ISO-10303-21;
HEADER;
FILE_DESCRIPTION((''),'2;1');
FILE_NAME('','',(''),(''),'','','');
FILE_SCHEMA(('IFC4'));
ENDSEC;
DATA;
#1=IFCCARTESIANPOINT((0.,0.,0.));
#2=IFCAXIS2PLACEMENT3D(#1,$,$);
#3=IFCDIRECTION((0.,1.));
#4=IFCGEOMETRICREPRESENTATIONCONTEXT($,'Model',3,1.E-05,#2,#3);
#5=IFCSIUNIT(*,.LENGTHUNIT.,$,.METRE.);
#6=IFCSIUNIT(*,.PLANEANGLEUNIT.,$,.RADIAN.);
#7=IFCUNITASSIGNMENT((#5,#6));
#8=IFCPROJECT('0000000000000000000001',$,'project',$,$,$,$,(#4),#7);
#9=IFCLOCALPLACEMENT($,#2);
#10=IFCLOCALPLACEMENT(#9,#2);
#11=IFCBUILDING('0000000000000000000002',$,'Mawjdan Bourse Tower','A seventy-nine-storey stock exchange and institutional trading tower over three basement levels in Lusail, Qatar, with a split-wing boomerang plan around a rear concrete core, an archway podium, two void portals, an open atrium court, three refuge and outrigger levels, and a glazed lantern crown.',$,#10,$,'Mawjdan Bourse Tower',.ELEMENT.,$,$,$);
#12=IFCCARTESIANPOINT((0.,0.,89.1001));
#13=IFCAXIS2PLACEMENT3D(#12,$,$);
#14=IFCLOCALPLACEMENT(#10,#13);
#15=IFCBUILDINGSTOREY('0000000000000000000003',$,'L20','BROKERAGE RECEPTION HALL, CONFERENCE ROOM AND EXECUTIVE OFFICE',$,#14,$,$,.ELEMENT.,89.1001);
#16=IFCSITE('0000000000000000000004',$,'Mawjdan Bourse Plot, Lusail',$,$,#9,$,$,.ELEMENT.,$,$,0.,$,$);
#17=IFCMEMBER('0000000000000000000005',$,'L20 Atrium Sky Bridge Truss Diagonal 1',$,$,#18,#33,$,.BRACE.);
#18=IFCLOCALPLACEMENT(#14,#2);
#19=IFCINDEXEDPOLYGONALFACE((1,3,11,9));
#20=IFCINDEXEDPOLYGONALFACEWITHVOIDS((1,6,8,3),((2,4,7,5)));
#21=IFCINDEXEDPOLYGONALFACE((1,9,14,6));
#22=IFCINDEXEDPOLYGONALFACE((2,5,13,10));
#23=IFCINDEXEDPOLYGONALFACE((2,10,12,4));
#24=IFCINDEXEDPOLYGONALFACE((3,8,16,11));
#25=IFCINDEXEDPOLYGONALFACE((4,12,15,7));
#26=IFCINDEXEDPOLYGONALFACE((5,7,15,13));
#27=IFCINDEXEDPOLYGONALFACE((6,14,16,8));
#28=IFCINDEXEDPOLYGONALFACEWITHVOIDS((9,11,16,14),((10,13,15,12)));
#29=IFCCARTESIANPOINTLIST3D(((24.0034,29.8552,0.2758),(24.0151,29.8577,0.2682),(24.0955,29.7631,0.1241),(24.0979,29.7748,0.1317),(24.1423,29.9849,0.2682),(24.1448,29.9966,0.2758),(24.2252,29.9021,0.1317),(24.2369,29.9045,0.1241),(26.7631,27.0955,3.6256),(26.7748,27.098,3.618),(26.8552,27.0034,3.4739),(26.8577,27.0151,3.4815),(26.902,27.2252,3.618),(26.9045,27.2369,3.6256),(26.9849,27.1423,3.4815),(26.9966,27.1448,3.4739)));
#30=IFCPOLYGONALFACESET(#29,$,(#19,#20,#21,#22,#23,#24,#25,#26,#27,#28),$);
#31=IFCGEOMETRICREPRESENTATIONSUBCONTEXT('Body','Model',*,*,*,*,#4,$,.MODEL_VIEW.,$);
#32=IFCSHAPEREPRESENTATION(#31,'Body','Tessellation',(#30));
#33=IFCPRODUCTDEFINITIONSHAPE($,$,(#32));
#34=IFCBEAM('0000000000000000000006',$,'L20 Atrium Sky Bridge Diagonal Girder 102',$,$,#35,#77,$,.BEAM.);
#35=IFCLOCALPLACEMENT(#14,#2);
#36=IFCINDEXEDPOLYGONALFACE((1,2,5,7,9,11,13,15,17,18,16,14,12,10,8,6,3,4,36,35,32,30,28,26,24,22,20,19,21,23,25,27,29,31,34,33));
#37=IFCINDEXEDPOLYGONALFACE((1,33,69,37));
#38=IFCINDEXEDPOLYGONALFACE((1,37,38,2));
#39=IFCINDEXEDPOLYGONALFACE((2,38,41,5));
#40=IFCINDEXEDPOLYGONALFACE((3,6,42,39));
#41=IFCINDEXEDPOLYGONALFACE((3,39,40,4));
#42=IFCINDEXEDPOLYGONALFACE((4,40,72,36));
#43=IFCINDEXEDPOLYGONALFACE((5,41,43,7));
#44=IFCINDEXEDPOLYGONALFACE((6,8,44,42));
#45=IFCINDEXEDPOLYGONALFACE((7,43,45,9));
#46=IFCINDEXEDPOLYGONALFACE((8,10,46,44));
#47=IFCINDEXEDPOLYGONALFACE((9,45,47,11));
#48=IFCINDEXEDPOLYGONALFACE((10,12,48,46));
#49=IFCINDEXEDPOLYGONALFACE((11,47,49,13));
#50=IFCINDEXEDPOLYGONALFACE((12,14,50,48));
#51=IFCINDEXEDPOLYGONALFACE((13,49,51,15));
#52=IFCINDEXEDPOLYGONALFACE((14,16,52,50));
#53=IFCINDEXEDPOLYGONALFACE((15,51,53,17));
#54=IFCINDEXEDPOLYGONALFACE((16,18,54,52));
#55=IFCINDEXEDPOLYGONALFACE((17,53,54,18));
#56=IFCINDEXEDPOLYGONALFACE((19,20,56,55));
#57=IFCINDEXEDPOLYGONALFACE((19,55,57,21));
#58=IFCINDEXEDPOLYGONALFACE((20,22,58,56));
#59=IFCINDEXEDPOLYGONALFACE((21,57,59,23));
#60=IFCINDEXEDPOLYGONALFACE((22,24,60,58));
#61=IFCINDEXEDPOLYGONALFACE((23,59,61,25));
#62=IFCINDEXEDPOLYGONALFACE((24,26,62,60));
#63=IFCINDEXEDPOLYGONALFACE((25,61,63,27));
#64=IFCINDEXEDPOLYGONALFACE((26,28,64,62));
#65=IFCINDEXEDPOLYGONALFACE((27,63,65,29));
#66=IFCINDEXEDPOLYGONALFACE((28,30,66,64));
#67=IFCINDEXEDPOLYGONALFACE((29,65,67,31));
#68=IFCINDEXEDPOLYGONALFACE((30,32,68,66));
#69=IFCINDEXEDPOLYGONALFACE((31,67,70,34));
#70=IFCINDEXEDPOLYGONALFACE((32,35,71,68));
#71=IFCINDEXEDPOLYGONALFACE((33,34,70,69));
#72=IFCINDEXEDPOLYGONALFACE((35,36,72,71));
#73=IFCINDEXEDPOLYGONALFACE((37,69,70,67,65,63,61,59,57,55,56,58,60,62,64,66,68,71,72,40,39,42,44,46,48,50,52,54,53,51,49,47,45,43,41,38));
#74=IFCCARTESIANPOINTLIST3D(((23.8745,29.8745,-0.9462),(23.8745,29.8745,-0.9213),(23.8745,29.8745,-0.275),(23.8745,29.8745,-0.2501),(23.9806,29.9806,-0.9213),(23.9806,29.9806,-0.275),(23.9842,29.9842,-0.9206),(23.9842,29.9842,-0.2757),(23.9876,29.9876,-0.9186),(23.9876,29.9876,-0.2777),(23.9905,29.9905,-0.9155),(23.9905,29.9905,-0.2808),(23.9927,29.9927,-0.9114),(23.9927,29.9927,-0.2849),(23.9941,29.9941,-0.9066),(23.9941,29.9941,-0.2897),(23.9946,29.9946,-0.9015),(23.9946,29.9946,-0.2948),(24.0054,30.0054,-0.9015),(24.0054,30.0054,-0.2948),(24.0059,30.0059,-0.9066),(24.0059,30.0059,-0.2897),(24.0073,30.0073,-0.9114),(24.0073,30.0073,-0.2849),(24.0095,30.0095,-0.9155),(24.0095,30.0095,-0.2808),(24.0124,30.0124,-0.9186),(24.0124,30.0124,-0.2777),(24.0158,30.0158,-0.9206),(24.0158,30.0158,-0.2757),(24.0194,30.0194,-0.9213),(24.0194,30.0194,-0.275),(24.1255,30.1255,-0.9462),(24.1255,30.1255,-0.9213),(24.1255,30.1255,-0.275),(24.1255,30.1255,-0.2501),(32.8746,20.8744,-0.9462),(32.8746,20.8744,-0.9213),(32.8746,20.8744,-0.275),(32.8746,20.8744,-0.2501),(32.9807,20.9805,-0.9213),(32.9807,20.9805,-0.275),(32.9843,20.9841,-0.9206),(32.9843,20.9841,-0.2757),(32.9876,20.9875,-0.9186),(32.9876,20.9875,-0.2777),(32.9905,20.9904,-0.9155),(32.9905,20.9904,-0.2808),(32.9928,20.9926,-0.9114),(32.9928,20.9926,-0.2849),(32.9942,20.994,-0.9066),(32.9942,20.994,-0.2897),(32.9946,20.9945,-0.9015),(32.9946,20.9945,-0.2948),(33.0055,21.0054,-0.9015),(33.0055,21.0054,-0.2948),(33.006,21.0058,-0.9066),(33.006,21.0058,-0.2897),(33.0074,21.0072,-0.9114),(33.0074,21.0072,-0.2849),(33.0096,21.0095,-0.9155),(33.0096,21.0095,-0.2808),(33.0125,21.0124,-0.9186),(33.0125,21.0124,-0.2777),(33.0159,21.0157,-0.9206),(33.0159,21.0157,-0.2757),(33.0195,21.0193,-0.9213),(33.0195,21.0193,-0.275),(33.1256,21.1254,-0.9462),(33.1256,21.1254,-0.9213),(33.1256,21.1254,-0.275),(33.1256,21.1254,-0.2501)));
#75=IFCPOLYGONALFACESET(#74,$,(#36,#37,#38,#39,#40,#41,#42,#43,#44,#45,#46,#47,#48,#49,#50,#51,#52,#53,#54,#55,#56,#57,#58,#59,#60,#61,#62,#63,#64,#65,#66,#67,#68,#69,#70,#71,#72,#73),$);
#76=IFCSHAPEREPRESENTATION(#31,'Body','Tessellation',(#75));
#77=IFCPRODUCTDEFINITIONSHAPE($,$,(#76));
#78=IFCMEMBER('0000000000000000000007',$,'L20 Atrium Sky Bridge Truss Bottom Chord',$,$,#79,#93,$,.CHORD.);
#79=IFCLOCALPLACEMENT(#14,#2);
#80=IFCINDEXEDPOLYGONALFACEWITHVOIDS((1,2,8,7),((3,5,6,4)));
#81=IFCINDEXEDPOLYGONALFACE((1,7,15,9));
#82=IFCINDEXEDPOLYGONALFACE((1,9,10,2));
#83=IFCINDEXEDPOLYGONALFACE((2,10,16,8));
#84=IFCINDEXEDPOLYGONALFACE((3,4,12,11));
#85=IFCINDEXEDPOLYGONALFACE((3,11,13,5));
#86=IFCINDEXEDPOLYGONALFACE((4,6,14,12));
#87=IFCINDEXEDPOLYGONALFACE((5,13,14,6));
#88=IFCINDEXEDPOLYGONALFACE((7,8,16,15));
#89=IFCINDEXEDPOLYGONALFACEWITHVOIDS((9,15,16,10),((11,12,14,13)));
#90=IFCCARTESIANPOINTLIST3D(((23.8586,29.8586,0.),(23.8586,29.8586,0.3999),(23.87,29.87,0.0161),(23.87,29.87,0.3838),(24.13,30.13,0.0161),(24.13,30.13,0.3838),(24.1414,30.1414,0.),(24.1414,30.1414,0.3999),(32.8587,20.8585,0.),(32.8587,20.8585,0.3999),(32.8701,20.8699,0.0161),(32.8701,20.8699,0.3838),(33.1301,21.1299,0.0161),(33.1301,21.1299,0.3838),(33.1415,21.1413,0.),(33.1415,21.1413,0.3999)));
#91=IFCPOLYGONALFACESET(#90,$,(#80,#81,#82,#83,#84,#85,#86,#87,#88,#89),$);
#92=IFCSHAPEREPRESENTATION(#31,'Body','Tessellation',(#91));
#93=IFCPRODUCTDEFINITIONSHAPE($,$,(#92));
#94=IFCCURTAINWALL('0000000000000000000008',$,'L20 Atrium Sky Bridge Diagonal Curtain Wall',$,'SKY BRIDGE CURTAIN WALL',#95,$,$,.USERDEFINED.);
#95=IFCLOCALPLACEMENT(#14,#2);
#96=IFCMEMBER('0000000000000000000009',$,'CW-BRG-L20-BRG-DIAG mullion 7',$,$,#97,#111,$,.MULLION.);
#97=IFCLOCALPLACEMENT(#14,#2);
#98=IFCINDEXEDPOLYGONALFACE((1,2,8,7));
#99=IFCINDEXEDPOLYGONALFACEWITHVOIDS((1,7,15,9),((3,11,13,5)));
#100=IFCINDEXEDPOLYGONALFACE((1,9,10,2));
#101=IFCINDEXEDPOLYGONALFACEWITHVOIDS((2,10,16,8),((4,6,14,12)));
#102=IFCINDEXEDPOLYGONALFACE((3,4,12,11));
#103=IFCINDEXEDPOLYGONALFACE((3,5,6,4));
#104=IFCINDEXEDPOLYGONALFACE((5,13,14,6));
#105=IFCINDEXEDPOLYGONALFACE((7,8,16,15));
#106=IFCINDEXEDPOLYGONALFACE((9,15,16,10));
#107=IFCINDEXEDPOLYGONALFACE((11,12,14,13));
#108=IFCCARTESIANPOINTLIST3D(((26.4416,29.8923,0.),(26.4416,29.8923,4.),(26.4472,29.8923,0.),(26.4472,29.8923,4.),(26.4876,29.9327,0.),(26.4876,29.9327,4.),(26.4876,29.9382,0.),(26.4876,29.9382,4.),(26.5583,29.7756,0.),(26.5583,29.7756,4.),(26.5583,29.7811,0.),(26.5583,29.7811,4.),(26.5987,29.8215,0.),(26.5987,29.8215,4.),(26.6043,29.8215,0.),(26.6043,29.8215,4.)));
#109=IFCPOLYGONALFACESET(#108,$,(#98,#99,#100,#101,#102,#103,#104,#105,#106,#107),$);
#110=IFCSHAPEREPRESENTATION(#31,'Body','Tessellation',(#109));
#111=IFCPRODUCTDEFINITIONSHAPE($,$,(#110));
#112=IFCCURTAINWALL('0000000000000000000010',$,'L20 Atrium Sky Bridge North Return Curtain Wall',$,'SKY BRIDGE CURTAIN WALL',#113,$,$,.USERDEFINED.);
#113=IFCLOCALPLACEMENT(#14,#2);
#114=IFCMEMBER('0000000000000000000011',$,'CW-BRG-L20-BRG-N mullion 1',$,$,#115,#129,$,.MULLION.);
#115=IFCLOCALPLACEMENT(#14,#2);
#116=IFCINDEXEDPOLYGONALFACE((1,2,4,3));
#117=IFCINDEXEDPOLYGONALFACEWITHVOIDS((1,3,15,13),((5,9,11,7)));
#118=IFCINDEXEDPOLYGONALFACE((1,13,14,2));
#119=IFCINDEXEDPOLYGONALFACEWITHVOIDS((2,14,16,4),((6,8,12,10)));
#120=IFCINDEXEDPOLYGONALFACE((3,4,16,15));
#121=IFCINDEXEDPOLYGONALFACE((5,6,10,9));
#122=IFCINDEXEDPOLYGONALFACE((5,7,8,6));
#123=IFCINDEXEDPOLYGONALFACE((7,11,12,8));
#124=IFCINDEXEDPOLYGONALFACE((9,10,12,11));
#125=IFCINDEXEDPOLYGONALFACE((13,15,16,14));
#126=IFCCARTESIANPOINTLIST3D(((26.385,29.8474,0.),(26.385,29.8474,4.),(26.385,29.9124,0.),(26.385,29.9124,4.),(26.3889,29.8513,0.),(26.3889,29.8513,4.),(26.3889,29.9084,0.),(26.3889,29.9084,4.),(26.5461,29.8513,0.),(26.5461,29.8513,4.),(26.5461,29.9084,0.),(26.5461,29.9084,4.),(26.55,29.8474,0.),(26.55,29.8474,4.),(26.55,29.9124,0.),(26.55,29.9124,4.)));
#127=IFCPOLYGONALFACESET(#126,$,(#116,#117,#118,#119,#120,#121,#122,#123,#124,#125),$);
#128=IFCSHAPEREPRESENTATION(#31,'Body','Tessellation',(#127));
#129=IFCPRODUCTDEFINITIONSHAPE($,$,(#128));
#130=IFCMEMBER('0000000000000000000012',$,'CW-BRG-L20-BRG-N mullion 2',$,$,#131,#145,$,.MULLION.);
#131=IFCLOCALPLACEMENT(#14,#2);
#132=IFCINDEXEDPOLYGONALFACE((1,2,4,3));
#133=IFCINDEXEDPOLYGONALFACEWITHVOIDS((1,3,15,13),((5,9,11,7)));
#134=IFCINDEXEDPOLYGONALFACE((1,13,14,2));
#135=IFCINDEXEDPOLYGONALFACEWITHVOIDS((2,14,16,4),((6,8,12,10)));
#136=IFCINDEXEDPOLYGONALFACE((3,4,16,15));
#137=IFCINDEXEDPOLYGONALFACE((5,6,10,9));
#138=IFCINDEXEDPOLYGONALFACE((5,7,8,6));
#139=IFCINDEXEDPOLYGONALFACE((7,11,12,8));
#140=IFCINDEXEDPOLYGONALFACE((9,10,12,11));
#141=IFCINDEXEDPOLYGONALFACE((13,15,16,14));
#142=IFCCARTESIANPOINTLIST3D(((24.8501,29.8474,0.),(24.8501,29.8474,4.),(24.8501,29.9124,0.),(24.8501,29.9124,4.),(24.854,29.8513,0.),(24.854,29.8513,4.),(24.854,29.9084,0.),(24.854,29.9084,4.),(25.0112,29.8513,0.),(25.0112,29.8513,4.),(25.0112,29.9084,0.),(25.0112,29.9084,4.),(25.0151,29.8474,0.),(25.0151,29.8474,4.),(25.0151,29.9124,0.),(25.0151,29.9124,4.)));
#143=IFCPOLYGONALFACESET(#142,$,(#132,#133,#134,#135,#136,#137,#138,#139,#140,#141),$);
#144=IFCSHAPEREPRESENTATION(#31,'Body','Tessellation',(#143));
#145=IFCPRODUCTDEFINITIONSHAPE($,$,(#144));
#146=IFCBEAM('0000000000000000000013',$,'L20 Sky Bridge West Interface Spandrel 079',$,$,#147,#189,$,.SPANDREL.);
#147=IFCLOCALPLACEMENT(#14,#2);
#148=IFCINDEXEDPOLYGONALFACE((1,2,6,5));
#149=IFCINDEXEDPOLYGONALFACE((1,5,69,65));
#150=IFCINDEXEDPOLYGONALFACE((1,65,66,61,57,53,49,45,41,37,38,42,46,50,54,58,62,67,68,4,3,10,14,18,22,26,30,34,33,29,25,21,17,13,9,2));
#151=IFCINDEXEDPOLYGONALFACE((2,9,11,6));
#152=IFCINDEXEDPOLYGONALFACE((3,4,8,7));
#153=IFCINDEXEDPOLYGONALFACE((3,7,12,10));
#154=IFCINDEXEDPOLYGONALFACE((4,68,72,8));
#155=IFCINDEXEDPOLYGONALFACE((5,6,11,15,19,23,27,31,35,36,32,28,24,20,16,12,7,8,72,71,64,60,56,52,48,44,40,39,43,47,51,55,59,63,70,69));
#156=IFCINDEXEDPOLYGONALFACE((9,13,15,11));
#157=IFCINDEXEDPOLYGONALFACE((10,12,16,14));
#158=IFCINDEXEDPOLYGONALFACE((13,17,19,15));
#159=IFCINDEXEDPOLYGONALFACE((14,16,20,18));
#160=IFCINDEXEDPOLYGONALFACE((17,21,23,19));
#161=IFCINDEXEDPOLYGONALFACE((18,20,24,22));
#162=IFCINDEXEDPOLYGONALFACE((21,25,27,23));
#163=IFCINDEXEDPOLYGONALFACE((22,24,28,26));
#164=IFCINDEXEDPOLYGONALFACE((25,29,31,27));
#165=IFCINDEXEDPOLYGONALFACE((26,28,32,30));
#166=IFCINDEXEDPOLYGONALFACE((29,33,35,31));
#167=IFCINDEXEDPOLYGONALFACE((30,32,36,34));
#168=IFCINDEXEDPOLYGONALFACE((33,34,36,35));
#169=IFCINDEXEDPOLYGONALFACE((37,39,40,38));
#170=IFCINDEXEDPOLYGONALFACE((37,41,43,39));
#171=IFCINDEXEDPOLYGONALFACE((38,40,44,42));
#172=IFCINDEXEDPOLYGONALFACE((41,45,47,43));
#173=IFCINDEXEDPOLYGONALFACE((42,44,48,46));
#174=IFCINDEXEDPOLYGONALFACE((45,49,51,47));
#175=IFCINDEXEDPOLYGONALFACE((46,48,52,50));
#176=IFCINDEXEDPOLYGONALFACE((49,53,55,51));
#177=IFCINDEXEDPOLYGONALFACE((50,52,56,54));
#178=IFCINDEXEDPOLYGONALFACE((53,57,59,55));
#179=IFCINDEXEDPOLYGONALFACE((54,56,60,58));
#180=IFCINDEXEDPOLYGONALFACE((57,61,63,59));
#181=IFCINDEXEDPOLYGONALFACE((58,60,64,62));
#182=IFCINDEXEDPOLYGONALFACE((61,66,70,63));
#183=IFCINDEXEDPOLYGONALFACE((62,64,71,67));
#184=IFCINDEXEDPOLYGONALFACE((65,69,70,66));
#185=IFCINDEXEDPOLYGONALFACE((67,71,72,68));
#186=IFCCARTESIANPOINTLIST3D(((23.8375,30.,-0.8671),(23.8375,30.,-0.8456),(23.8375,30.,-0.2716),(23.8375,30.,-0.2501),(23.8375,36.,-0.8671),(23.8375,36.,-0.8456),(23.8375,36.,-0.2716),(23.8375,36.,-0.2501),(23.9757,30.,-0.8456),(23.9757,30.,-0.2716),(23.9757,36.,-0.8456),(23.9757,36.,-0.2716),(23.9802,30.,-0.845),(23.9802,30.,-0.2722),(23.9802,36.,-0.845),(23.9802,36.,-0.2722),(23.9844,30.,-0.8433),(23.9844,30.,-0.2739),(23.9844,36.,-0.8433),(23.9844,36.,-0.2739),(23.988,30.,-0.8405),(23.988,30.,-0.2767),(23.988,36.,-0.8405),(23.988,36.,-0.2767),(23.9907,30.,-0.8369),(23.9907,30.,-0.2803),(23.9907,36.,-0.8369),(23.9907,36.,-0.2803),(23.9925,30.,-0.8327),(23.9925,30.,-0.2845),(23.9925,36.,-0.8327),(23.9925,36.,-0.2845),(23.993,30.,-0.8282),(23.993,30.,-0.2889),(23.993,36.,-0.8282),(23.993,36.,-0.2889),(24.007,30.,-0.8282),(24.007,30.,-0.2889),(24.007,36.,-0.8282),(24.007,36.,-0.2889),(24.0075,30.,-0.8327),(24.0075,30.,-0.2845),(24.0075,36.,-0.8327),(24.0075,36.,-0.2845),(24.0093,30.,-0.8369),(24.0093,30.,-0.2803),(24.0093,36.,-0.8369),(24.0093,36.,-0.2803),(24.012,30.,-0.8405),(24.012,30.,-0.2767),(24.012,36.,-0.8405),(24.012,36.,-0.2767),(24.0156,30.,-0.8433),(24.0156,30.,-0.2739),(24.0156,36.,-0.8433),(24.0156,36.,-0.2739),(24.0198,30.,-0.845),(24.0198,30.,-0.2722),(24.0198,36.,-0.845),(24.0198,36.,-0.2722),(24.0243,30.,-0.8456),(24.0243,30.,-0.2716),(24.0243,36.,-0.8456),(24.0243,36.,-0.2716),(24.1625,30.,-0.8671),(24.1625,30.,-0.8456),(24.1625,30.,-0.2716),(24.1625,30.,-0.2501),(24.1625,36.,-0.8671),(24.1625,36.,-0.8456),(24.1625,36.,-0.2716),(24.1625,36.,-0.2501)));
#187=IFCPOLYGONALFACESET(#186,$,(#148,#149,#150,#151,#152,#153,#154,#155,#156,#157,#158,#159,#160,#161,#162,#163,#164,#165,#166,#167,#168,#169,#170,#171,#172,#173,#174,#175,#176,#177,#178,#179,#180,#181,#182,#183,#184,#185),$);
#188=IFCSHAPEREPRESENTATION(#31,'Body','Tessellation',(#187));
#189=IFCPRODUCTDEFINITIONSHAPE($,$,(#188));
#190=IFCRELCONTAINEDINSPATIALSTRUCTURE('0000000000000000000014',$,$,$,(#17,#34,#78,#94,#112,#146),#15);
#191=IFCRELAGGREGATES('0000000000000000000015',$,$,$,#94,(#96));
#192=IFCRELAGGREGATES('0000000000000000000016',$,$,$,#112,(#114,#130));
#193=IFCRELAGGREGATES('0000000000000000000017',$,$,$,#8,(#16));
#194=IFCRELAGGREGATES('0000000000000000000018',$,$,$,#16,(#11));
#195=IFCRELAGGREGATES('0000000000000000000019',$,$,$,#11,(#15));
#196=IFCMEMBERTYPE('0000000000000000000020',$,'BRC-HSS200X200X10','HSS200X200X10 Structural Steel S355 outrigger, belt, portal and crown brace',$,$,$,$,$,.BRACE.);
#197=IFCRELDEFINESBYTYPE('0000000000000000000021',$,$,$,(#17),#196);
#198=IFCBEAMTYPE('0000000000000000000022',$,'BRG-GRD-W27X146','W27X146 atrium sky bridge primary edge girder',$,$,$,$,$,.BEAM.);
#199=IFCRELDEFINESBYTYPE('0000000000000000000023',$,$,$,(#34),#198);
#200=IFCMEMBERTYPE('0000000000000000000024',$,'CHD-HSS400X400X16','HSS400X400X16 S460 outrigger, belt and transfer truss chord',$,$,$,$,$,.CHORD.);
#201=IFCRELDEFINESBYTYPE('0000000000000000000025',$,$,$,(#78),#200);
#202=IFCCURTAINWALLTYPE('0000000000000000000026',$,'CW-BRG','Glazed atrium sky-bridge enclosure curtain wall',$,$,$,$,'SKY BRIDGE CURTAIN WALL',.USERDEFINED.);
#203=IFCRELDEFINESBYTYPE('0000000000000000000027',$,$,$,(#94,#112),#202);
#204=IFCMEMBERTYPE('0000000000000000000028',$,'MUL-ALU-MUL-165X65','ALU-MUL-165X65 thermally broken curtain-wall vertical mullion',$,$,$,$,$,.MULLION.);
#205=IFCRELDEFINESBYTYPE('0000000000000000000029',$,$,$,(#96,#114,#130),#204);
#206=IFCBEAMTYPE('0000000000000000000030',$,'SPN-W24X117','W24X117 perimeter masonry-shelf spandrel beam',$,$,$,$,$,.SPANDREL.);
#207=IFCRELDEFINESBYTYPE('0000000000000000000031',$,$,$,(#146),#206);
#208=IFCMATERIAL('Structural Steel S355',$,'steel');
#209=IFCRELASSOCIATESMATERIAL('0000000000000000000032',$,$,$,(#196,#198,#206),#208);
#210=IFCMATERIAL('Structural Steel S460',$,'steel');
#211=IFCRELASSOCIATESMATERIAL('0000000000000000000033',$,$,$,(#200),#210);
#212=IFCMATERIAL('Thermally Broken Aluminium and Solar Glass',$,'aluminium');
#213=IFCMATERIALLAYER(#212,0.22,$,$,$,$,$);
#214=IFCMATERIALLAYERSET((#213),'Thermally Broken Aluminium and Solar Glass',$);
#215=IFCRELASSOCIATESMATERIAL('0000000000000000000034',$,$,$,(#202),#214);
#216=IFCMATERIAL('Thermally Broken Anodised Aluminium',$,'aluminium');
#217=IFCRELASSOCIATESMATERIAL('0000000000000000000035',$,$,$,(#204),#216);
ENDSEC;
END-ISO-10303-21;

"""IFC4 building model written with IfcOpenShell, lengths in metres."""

from ifc_helpers import new_model, si_unit, direction, frame, origin, origin_2d, place, context, subcontext, project, spatial, hollow_rectangle, i_section, extrude, material, layer, layer_set, material_profile, profile_set, type_object, element, aggregate, save


model = new_model("IFC4")

# Units and contexts
model_context = context("Model", 3, precision=1e-05, world=origin(), true_north=direction((0.0, 1.0)))
body_context = subcontext(model_context, "Body", "Model", "MODEL_VIEW")
ifc_project = project(units=[si_unit("LENGTHUNIT", "METRE"), si_unit("PLANEANGLEUNIT", "RADIAN")], contexts=[model_context])

# Site, building, storey
site_placement = place(None, origin())
site = spatial("IfcSite", under=ifc_project, at=site_placement, Name="Mawjdan Bourse Plot, Lusail", CompositionType="ELEMENT", RefElevation=0.0)
building_placement = place(site_placement, origin())
building = spatial("IfcBuilding", under=site, at=building_placement, Name="Mawjdan Bourse Tower", Description="A seventy-nine-storey stock exchange and institutional trading tower over three basement levels in Lusail, Qatar, with a split-wing boomerang plan around a rear concrete core, an archway podium, two void portals, an open atrium court, three refuge and outrigger levels, and a glazed lantern crown.", LongName="Mawjdan Bourse Tower", CompositionType="ELEMENT")
storey_placement = place(building_placement, frame((0.0, 0.0, 89.1001)))
storey = spatial("IfcBuildingStorey", under=building, at=storey_placement, Name="L20", Description="BROKERAGE RECEPTION HALL, CONFERENCE ROOM AND EXECUTIVE OFFICE", CompositionType="ELEMENT", Elevation=89.1001)

# Member
ifc_material_1 = material(Name="Structural Steel S355", Category="steel")
ifc_material_profile_1 = material_profile(ifc_material_1, hollow_rectangle(XDim=0.2, YDim=0.2, WallThickness=0.01, at=origin_2d()), Name="HSS200X200X10")
ifc_profile_set_1 = profile_set([ifc_material_profile_1], Name="Structural Steel S355")
member_type_1 = type_object("IfcMemberType", Name="BRC-HSS200X200X10", Description="HSS200X200X10 Structural Steel S355 outrigger, belt, portal and crown brace", PredefinedType="BRACE", material=ifc_profile_set_1)
member_1_placement = place(storey_placement, frame((24.1201, 29.8799, 0.2), z_axis=(0.536569, -0.536569, 0.651297), x_axis=(0.707107, 0.707107, 0.0)))
element("IfcMember", 1, at=member_1_placement, inside=storey, type_object=member_type_1, Name="L20 Atrium Sky Bridge Truss Diagonal 1", PredefinedType="BRACE", context=body_context, shape_type="SweptSolid", body=[
    extrude(hollow_rectangle(XDim=0.2, YDim=0.2, WallThickness=0.01, at=origin_2d()), origin(), (0.0, 0.0, 1.0), 5.1433),
])

# Beam
ifc_material_profile_2 = material_profile(ifc_material_1, i_section(OverallWidth=0.355, OverallDepth=0.696, WebThickness=0.0154, FlangeThickness=0.0249, FilletRadius=0.0198, at=origin_2d()), Name="W27X146")
ifc_profile_set_2 = profile_set([ifc_material_profile_2], Name="Structural Steel S355")
beam_type_1 = type_object("IfcBeamType", Name="BRG-GRD-W27X146", Description="W27X146 atrium sky bridge primary edge girder", PredefinedType="BEAM", material=ifc_profile_set_2)
beam_1_placement = place(storey_placement, frame((24.0, 30.0, -0.5981), z_axis=(0.707107, -0.707107, 0.0), x_axis=(0.707107, 0.707107, 0.0)))
element("IfcBeam", 2, at=beam_1_placement, inside=storey, type_object=beam_type_1, Name="L20 Atrium Sky Bridge Diagonal Girder 102", PredefinedType="BEAM", context=body_context, shape_type="SweptSolid", body=[
    extrude(i_section(OverallWidth=0.355, OverallDepth=0.696, WebThickness=0.0154, FlangeThickness=0.0249, FilletRadius=0.0198, at=origin_2d()), origin(), (0.0, 0.0, 1.0), 12.728),
])

# Member
ifc_material_2 = material(Name="Structural Steel S460", Category="steel")
ifc_material_profile_3 = material_profile(ifc_material_2, hollow_rectangle(XDim=0.3999, YDim=0.3999, WallThickness=0.0161, at=origin_2d()), Name="HSS400X400X16")
ifc_profile_set_3 = profile_set([ifc_material_profile_3], Name="Structural Steel S460")
member_type_2 = type_object("IfcMemberType", Name="CHD-HSS400X400X16", Description="HSS400X400X16 S460 outrigger, belt and transfer truss chord", PredefinedType="CHORD", material=ifc_profile_set_3)
member_2_placement = place(storey_placement, frame((24.0, 30.0, 0.2), z_axis=(0.707107, -0.707107, 0.0), x_axis=(0.707107, 0.707107, 0.0)))
element("IfcMember", 3, at=member_2_placement, inside=storey, type_object=member_type_2, Name="L20 Atrium Sky Bridge Truss Bottom Chord", PredefinedType="CHORD", context=body_context, shape_type="SweptSolid", body=[
    extrude(hollow_rectangle(XDim=0.3999, YDim=0.3999, WallThickness=0.0161, at=origin_2d()), origin(), (0.0, 0.0, 1.0), 12.728),
])

# Curtain wall, member
ifc_material_3 = material(Name="Thermally Broken Aluminium and Solar Glass", Category="aluminium")
ifc_layer_1 = layer(ifc_material_3, 0.22)
ifc_layer_set_1 = layer_set([ifc_layer_1], Name="Thermally Broken Aluminium and Solar Glass")
curtain_wall_type = type_object("IfcCurtainWallType", Name="CW-BRG", Description="Glazed atrium sky-bridge enclosure curtain wall", ElementType="SKY BRIDGE CURTAIN WALL", PredefinedType="USERDEFINED", material=ifc_layer_set_1)
curtain_wall_1_placement = place(storey_placement, origin())
curtain_wall_1 = element("IfcCurtainWall", 4, at=curtain_wall_1_placement, inside=storey, type_object=curtain_wall_type, Name="L20 Atrium Sky Bridge Diagonal Curtain Wall", ObjectType="SKY BRIDGE CURTAIN WALL", PredefinedType="USERDEFINED")
ifc_material_4 = material(Name="Thermally Broken Anodised Aluminium", Category="aluminium")
ifc_material_profile_4 = material_profile(ifc_material_4, hollow_rectangle(XDim=0.0649, YDim=0.165, WallThickness=0.0039, at=origin_2d()), Name="ALU-MUL-165X65")
ifc_profile_set_4 = profile_set([ifc_material_profile_4], Name="Thermally Broken Anodised Aluminium")
member_type_3 = type_object("IfcMemberType", Name="MUL-ALU-MUL-165X65", Description="ALU-MUL-165X65 thermally broken curtain-wall vertical mullion", PredefinedType="MULLION", material=ifc_profile_set_4)
member_3_placement = place(storey_placement, frame((26.5229, 29.8569, 0.0), z_axis=(0.0, 0.0, 1.0), x_axis=(-0.707107, -0.707107, 0.0)))
member_3 = element("IfcMember", 5, at=member_3_placement, type_object=member_type_3, Name="CW-BRG-L20-BRG-DIAG mullion 7", PredefinedType="MULLION", context=body_context, shape_type="SweptSolid", body=[
    extrude(hollow_rectangle(XDim=0.0649, YDim=0.165, WallThickness=0.0039, at=origin_2d()), origin(), (0.0, 0.0, 1.0), 4.0),
])

# Curtain wall, members
curtain_wall_2_placement = place(storey_placement, origin())
curtain_wall_2 = element("IfcCurtainWall", 6, at=curtain_wall_2_placement, inside=storey, type_object=curtain_wall_type, Name="L20 Atrium Sky Bridge North Return Curtain Wall", ObjectType="SKY BRIDGE CURTAIN WALL", PredefinedType="USERDEFINED")
member_4_placement = place(storey_placement, frame((26.4675, 29.8799, 0.0), z_axis=(0.0, 0.0, 1.0), x_axis=(0.0, -1.0, 0.0)))
member_4 = element("IfcMember", 7, at=member_4_placement, type_object=member_type_3, Name="CW-BRG-L20-BRG-N mullion 1", PredefinedType="MULLION", context=body_context, shape_type="SweptSolid", body=[
    extrude(hollow_rectangle(XDim=0.0649, YDim=0.165, WallThickness=0.0039, at=origin_2d()), origin(), (0.0, 0.0, 1.0), 4.0),
])
member_5_placement = place(storey_placement, frame((24.9326, 29.8799, 0.0), z_axis=(0.0, 0.0, 1.0), x_axis=(0.0, -1.0, 0.0)))
member_5 = element("IfcMember", 8, at=member_5_placement, type_object=member_type_3, Name="CW-BRG-L20-BRG-N mullion 2", PredefinedType="MULLION", context=body_context, shape_type="SweptSolid", body=[
    extrude(hollow_rectangle(XDim=0.0649, YDim=0.165, WallThickness=0.0039, at=origin_2d()), origin(), (0.0, 0.0, 1.0), 4.0),
])

# Beam
ifc_material_profile_5 = material_profile(ifc_material_1, i_section(OverallWidth=0.325, OverallDepth=0.6169, WebThickness=0.0139, FlangeThickness=0.0215, FilletRadius=0.0173, at=origin_2d()), Name="W24X117")
ifc_profile_set_5 = profile_set([ifc_material_profile_5], Name="Structural Steel S355")
beam_type_2 = type_object("IfcBeamType", Name="SPN-W24X117", Description="W24X117 perimeter masonry-shelf spandrel beam", PredefinedType="SPANDREL", material=ifc_profile_set_5)
beam_2_placement = place(storey_placement, frame((24.0, 30.0, -0.5586), z_axis=(0.0, 1.0, 0.0), x_axis=(-1.0, 0.0, 0.0)))
element("IfcBeam", 9, at=beam_2_placement, inside=storey, type_object=beam_type_2, Name="L20 Sky Bridge West Interface Spandrel 079", PredefinedType="SPANDREL", context=body_context, shape_type="SweptSolid", body=[
    extrude(i_section(OverallWidth=0.325, OverallDepth=0.6169, WebThickness=0.0139, FlangeThickness=0.0215, FilletRadius=0.0173, at=origin_2d()), origin(), (0.0, 0.0, 1.0), 6.0),
])

aggregate(curtain_wall_1, [member_3])
aggregate(curtain_wall_2, [member_4, member_5])

save(model, "model.ifc")
